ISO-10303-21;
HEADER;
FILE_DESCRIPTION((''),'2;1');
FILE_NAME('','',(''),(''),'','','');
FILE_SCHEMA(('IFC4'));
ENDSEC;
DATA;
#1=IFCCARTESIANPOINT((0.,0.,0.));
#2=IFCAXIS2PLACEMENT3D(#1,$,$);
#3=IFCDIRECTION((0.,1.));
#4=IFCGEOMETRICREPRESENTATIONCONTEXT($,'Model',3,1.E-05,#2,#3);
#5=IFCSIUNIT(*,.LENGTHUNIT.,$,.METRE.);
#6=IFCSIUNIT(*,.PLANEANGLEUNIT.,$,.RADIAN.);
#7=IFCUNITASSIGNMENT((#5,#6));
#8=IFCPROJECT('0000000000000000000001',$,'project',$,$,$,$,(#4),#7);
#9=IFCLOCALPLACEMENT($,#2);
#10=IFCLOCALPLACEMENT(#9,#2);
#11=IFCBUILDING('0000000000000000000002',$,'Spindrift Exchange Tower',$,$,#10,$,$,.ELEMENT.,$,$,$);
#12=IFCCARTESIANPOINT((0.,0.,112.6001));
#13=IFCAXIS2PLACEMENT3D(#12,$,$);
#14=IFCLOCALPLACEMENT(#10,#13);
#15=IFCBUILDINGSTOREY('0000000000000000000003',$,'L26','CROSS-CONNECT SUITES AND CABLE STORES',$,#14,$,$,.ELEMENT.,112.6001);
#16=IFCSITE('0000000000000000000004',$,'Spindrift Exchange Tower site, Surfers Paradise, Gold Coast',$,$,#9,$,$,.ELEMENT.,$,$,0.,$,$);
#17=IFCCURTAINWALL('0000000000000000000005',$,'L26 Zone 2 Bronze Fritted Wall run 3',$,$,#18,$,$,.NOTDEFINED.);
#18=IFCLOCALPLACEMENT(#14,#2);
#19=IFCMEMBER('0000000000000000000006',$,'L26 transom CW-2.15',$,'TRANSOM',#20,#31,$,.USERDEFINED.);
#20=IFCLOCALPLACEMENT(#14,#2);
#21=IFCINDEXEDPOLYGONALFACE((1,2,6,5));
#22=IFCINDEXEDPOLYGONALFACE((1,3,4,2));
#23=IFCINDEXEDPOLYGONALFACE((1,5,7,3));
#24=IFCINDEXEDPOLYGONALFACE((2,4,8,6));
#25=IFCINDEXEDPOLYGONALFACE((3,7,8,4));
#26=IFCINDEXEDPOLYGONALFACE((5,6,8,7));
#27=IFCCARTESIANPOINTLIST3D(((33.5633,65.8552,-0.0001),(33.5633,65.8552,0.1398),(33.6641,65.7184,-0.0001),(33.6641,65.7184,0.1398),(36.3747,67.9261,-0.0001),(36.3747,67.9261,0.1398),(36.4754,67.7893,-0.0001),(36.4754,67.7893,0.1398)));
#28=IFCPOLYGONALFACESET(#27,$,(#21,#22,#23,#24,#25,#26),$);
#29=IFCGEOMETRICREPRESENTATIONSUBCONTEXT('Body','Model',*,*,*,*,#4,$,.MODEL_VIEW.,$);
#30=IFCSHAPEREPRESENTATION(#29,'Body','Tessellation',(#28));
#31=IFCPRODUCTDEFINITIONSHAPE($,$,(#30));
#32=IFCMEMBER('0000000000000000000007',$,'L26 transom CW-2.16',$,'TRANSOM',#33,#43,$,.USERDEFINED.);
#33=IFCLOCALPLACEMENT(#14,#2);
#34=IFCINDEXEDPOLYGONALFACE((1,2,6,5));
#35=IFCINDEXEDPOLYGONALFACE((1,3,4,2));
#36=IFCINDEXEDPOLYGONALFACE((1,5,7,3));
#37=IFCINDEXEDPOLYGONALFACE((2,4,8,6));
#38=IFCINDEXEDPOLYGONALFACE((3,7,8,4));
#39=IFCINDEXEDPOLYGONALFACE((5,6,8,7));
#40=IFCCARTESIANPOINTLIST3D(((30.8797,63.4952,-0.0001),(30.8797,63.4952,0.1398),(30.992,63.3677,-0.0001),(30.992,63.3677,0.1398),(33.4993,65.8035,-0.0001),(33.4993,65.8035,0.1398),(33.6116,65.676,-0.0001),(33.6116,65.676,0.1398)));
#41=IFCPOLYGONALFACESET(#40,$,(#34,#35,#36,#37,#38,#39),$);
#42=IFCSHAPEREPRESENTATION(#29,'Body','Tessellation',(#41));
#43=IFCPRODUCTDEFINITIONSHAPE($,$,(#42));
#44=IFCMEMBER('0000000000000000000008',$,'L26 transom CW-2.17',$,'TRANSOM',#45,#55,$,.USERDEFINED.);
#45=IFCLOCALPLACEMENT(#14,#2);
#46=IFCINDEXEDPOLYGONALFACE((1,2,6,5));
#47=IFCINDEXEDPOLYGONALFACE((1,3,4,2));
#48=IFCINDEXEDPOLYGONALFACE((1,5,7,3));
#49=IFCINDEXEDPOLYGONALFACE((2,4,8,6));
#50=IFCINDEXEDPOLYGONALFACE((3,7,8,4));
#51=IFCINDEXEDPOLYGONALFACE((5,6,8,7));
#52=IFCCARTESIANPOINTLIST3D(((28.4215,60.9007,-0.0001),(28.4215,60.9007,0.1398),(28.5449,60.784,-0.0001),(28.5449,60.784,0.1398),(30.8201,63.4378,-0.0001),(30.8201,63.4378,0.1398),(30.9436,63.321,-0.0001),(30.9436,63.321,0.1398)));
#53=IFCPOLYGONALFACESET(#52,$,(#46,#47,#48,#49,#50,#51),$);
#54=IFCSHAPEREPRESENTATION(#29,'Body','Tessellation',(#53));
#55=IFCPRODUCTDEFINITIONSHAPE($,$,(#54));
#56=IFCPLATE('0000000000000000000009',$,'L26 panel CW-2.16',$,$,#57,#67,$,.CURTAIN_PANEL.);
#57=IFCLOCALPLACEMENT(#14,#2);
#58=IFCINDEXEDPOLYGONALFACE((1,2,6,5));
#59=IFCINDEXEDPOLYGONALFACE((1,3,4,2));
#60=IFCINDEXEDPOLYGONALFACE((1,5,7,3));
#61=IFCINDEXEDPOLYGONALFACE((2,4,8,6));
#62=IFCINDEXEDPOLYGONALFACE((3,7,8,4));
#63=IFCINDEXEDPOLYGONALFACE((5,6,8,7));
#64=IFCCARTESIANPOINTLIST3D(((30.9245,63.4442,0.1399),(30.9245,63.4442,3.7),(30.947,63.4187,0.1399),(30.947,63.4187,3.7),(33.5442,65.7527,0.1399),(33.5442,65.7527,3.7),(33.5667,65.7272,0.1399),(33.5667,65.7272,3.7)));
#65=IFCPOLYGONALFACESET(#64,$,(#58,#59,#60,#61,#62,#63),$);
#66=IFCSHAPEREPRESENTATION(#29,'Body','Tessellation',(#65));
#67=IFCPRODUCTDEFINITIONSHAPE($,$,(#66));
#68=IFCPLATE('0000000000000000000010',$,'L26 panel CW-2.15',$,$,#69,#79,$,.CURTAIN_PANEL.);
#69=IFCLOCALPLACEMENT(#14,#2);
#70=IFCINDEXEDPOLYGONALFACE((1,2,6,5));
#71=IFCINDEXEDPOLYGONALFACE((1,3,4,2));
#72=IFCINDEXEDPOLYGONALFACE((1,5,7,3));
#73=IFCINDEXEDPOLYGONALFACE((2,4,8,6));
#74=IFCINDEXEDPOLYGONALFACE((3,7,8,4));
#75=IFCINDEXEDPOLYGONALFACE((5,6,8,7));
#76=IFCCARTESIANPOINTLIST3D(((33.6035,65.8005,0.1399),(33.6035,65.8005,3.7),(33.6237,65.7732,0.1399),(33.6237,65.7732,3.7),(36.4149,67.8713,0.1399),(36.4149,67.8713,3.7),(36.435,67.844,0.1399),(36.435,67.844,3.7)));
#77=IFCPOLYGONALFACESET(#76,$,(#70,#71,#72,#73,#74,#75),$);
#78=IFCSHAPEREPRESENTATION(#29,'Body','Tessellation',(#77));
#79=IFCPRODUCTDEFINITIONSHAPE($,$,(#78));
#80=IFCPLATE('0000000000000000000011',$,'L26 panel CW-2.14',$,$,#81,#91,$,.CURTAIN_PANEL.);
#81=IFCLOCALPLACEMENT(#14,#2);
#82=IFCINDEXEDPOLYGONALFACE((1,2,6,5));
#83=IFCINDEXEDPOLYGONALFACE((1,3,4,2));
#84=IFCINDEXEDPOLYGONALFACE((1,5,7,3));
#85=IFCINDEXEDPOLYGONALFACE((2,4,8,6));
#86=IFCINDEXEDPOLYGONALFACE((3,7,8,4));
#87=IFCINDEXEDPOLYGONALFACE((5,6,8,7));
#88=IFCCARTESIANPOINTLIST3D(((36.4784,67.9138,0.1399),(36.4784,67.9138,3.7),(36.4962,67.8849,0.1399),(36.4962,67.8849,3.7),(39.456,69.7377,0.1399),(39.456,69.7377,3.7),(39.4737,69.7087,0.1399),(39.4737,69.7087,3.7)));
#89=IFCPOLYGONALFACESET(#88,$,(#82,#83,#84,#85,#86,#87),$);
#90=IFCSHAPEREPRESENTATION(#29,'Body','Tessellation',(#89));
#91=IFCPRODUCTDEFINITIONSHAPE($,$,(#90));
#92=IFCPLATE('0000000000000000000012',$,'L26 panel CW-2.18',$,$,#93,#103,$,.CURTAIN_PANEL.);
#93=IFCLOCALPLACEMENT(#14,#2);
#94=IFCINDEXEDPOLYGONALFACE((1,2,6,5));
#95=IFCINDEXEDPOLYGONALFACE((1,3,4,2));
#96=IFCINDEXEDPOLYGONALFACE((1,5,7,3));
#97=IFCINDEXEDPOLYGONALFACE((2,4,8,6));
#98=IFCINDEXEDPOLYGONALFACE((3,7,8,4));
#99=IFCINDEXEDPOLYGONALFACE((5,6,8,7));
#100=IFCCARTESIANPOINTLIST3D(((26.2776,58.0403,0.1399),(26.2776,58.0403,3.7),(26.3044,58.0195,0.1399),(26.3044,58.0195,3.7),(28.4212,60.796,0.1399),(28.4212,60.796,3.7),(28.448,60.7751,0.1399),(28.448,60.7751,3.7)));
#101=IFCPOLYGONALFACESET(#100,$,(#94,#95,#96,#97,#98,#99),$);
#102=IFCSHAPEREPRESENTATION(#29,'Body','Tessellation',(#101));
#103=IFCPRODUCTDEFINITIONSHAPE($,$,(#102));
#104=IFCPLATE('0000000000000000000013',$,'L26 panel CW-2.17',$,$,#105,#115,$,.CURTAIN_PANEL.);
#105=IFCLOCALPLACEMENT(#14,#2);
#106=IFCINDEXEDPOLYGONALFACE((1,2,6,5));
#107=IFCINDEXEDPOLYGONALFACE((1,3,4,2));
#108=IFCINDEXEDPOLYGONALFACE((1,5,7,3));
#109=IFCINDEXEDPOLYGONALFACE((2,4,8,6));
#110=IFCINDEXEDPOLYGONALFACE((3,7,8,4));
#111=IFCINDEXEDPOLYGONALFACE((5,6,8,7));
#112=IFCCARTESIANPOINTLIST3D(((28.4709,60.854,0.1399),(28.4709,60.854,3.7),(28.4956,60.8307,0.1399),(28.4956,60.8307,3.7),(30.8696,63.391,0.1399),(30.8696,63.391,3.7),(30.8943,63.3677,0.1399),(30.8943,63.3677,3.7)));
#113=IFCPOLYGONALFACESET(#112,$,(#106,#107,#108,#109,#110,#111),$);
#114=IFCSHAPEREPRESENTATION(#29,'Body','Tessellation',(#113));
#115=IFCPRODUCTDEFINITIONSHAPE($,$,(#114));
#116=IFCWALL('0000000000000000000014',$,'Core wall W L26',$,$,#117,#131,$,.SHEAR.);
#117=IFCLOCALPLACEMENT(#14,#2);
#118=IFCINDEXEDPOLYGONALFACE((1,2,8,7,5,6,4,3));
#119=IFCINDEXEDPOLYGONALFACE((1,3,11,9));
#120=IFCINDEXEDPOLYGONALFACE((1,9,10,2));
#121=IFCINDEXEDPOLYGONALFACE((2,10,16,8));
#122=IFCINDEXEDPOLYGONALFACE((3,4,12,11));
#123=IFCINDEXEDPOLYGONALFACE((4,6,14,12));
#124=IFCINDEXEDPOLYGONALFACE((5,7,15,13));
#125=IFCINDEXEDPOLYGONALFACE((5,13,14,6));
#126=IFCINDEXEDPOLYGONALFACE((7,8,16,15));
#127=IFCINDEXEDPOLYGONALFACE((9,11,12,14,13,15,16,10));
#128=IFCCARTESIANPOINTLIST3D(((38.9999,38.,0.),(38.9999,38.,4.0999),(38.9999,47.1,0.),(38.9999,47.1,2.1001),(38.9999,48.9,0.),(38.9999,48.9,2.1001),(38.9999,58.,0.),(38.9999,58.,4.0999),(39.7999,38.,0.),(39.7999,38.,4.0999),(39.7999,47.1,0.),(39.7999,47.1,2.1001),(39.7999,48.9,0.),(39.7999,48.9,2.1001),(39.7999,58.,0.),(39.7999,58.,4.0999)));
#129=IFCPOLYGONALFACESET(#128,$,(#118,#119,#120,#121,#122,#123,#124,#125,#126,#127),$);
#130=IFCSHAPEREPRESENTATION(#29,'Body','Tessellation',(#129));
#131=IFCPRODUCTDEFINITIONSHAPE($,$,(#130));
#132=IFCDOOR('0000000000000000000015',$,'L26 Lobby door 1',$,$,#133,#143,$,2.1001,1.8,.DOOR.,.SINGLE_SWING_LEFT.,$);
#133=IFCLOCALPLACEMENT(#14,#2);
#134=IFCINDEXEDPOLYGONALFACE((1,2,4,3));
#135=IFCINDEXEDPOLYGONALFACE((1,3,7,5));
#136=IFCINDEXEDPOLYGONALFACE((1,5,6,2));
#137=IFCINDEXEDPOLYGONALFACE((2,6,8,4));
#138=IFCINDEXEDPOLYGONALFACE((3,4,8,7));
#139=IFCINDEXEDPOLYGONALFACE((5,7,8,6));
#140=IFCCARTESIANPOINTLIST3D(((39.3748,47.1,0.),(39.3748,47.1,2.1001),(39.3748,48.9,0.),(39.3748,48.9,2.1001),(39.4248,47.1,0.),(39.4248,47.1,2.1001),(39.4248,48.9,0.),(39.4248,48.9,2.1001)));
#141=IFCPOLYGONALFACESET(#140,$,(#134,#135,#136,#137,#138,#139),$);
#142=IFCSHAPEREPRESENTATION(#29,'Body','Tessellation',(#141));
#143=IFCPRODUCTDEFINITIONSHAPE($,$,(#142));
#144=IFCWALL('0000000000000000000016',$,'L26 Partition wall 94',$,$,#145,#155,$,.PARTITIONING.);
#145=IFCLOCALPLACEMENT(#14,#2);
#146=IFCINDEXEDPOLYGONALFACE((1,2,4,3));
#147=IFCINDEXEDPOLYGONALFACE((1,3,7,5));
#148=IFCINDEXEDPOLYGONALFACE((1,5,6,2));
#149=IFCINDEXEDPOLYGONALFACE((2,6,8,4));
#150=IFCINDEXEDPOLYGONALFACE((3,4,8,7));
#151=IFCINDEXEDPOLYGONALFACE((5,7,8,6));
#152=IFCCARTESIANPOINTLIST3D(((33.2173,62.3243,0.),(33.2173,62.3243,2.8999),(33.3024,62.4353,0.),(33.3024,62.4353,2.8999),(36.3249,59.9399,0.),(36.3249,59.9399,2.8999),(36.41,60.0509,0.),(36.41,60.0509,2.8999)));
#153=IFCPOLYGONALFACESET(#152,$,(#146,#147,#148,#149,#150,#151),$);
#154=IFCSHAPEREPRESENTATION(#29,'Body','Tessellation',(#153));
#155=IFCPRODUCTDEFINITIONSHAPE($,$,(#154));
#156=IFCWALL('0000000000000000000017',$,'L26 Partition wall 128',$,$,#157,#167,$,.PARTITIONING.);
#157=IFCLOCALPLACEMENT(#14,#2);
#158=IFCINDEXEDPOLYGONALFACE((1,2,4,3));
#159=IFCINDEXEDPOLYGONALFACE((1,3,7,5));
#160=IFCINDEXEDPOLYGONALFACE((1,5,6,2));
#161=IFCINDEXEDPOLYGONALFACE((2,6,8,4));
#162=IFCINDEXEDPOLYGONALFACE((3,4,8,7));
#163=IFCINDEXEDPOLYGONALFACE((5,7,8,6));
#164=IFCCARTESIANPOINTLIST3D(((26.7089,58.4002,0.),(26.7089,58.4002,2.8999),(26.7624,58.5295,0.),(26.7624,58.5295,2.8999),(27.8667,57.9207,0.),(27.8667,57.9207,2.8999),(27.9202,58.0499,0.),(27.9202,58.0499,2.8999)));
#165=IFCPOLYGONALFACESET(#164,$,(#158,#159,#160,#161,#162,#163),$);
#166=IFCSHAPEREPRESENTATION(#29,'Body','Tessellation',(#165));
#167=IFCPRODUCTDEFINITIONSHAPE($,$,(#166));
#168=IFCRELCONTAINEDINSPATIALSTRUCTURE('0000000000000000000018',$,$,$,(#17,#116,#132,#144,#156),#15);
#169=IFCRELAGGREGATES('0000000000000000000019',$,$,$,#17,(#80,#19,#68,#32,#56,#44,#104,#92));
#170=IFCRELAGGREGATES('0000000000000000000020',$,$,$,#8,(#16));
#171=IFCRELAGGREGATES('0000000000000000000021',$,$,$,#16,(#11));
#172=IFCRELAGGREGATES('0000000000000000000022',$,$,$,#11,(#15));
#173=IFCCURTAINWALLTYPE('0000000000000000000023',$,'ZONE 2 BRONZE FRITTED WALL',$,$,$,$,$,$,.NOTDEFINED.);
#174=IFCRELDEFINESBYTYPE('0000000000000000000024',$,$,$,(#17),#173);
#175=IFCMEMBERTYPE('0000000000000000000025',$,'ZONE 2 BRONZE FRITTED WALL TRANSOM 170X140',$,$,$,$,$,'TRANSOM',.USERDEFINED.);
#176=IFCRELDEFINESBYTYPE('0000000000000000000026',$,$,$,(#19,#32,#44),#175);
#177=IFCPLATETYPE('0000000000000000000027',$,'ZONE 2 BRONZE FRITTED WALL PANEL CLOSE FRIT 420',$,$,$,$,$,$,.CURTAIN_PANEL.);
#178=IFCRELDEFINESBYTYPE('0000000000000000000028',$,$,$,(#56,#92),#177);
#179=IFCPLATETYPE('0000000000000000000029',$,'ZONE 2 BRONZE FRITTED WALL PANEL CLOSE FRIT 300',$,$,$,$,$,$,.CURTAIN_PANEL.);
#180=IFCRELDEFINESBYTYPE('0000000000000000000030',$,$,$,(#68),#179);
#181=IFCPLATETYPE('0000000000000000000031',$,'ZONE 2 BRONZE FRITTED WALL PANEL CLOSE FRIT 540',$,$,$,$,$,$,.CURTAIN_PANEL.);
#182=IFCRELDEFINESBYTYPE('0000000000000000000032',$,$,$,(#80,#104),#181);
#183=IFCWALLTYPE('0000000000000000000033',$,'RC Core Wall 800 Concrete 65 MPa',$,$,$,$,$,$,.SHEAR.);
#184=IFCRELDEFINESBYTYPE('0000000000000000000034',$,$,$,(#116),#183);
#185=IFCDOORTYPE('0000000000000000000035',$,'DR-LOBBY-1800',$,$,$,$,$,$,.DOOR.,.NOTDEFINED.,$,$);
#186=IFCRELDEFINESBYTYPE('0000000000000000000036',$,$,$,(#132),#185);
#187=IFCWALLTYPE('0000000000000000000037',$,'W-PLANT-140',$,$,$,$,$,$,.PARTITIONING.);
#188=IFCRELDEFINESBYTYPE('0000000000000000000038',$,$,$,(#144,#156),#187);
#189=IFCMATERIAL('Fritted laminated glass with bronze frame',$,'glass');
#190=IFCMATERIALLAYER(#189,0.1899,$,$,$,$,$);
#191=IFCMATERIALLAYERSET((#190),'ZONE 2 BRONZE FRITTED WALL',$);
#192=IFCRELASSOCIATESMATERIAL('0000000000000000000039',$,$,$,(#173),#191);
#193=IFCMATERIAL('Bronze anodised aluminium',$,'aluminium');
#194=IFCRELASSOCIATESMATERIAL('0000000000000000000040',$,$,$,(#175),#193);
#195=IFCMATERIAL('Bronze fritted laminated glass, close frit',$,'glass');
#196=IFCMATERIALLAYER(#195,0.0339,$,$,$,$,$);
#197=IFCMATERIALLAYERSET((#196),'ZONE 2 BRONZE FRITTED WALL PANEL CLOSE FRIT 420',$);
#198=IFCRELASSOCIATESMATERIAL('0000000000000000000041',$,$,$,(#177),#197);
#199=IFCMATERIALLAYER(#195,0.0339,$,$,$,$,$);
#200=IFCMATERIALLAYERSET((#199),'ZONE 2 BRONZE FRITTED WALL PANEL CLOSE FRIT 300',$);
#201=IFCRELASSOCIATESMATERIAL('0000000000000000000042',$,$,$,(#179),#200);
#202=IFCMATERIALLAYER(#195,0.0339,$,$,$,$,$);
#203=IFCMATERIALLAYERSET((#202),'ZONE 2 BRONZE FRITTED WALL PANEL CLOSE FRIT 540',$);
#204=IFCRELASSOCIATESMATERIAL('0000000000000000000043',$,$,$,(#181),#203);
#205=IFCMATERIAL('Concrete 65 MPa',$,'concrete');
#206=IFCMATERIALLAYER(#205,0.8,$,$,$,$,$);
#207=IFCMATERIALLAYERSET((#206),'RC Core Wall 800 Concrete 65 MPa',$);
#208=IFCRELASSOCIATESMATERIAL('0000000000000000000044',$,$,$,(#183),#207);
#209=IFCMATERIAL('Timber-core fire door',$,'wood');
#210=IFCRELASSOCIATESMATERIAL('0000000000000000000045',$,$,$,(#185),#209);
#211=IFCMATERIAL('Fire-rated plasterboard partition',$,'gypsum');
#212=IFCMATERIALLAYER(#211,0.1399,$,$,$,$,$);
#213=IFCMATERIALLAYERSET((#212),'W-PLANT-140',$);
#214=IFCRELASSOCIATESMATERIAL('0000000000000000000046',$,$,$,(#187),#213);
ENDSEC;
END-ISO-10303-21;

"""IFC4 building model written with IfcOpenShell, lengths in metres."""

from ifc_helpers import new_model, si_unit, direction, frame, frame_2d, origin, origin_2d, place, context, subcontext, project, spatial, rectangle, extrude, source, transform, mapped, material, layer, layer_set, material_profile, profile_set, type_object, element, fill, aggregate, save


model = new_model("IFC4")

# Units and contexts
model_context = context("Model", 3, precision=1e-05, world=origin(), true_north=direction((0.0, 1.0)))
body_context = subcontext(model_context, "Body", "Model", "MODEL_VIEW")
ifc_project = project(units=[si_unit("LENGTHUNIT", "METRE"), si_unit("PLANEANGLEUNIT", "RADIAN")], contexts=[model_context])

# Site, building, storey
site_placement = place(None, origin())
site = spatial("IfcSite", under=ifc_project, at=site_placement, Name="Spindrift Exchange Tower site, Surfers Paradise, Gold Coast", CompositionType="ELEMENT", RefElevation=0.0)
building_placement = place(site_placement, origin())
building = spatial("IfcBuilding", under=site, at=building_placement, Name="Spindrift Exchange Tower", CompositionType="ELEMENT")
storey_placement = place(building_placement, frame((0.0, 0.0, 112.6001)))
storey = spatial("IfcBuildingStorey", under=building, at=storey_placement, Name="L26", Description="CROSS-CONNECT SUITES AND CABLE STORES", CompositionType="ELEMENT", Elevation=112.6001)

# Shared definitions
ifc_material_1 = material(Name="Concrete 65 MPa", Category="concrete")

# Curtain wall
ifc_material_2 = material(Name="Fritted laminated glass with bronze frame", Category="glass")
ifc_layer_1 = layer(ifc_material_2, 0.1899)
ifc_layer_set_1 = layer_set([ifc_layer_1], Name="ZONE 2 BRONZE FRITTED WALL")
curtain_wall_type = type_object("IfcCurtainWallType", Name="ZONE 2 BRONZE FRITTED WALL", PredefinedType="NOTDEFINED", material=ifc_layer_set_1)
curtain_wall_1_placement = place(storey_placement, origin())
curtain_wall_1 = element("IfcCurtainWall", 1, at=curtain_wall_1_placement, inside=storey, type_object=curtain_wall_type, Name="L26 Zone 2 Bronze Fritted Wall run 3", PredefinedType="NOTDEFINED")
ifc_material_3 = material(Name="Bronze anodised aluminium", Category="aluminium")

# Members
ifc_material_profile_1 = material_profile(ifc_material_3, rectangle(XDim=0.1699, YDim=0.1399, at=origin_2d()), Name="ZONE 2 BRONZE FRITTED WALL TRANSOM 170X140")
ifc_profile_set_1 = profile_set([ifc_material_profile_1], Name="Bronze anodised aluminium")
member_type_1 = type_object("IfcMemberType", Name="ZONE 2 BRONZE FRITTED WALL TRANSOM 170X140", ElementType="TRANSOM", PredefinedType="USERDEFINED", material=ifc_profile_set_1)
shared_shape_1 = source(origin(), body_context, "Body", "SweptSolid", [
    extrude(rectangle(XDim=0.1699, YDim=0.1399, at=origin_2d()), origin(), (0.0, 0.0, 1.0), 3.4917),
])
member_1_placement = place(storey_placement, frame((36.425, 67.8577, 0.0698), z_axis=(-0.805147, -0.593075, 0.0), x_axis=(0.593075, -0.805147, 0.0)))
member_1 = element("IfcMember", 2, at=member_1_placement, type_object=member_type_1, Name="L26 transom CW-2.15", ObjectType="TRANSOM", PredefinedType="USERDEFINED", context=body_context, shape_type="MappedRepresentation", body=[
    mapped(shared_shape_1, transform((0.0, 0.0, 0.0), scale=1.0)),
])
shared_shape_2 = source(origin(), body_context, "Body", "SweptSolid", [
    extrude(rectangle(XDim=0.1699, YDim=0.1399, at=origin_2d()), origin(), (0.0, 0.0, 1.0), 3.4915),
])
member_2_placement = place(storey_placement, frame((33.5554, 65.7397, 0.0698), z_axis=(-0.750276, -0.661124, 0.0), x_axis=(0.661124, -0.750276, 0.0)))
member_2 = element("IfcMember", 3, at=member_2_placement, type_object=member_type_1, Name="L26 transom CW-2.16", ObjectType="TRANSOM", PredefinedType="USERDEFINED", context=body_context, shape_type="MappedRepresentation", body=[
    mapped(shared_shape_2, transform((0.0, 0.0, 0.0), scale=1.0)),
])
member_3_placement = place(storey_placement, frame((30.8818, 63.3794, 0.0698), z_axis=(-0.687005, -0.726652, 0.0), x_axis=(0.726652, -0.687005, 0.0)))
member_3 = element("IfcMember", 4, at=member_3_placement, type_object=member_type_1, Name="L26 transom CW-2.17", ObjectType="TRANSOM", PredefinedType="USERDEFINED", context=body_context, shape_type="MappedRepresentation", body=[
    mapped(shared_shape_2, transform((0.0, 0.0, 0.0), scale=1.0)),
])

# Plates
ifc_material_4 = material(Name="Bronze fritted laminated glass, close frit", Category="glass")
ifc_layer_2 = layer(ifc_material_4, 0.0339)
ifc_layer_set_2 = layer_set([ifc_layer_2], Name="ZONE 2 BRONZE FRITTED WALL PANEL CLOSE FRIT 420")
plate_type_1 = type_object("IfcPlateType", Name="ZONE 2 BRONZE FRITTED WALL PANEL CLOSE FRIT 420", PredefinedType="CURTAIN_PANEL", material=ifc_layer_set_2)
shared_shape_3 = source(origin(), body_context, "Body", "SweptSolid", [
    extrude(rectangle(XDim=3.4917, YDim=0.0339, at=origin_2d()), origin(), (0.0, 0.0, 1.0), 3.5601),
])
plate_1_placement = place(storey_placement, frame((32.2456, 64.5857, 0.1399), z_axis=(0.0, 0.0, 1.0), x_axis=(-0.750267, -0.661135, 0.0)))
plate_1 = element("IfcPlate", 5, at=plate_1_placement, type_object=plate_type_1, Name="L26 panel CW-2.16", PredefinedType="CURTAIN_PANEL", context=body_context, shape_type="MappedRepresentation", body=[
    mapped(shared_shape_3, transform((0.0, 0.0, 0.0), scale=1.0)),
])
ifc_layer_3 = layer(ifc_material_4, 0.0339)
ifc_layer_set_3 = layer_set([ifc_layer_3], Name="ZONE 2 BRONZE FRITTED WALL PANEL CLOSE FRIT 300")
plate_type_2 = type_object("IfcPlateType", Name="ZONE 2 BRONZE FRITTED WALL PANEL CLOSE FRIT 300", PredefinedType="CURTAIN_PANEL", material=ifc_layer_set_3)
shared_shape_4 = source(origin(), body_context, "Body", "SweptSolid", [
    extrude(rectangle(XDim=3.4917, YDim=0.0339, at=origin_2d()), origin(), (0.0, 0.0, 1.0), 3.5601),
])
plate_2_placement = place(storey_placement, frame((35.0193, 66.8223, 0.1399), z_axis=(0.0, 0.0, 1.0), x_axis=(-0.805162, -0.593055, 0.0)))
plate_2 = element("IfcPlate", 6, at=plate_2_placement, type_object=plate_type_2, Name="L26 panel CW-2.15", PredefinedType="CURTAIN_PANEL", context=body_context, shape_type="MappedRepresentation", body=[
    mapped(shared_shape_4, transform((0.0, 0.0, 0.0), scale=1.0)),
])
ifc_layer_4 = layer(ifc_material_4, 0.0339)
ifc_layer_set_4 = layer_set([ifc_layer_4], Name="ZONE 2 BRONZE FRITTED WALL PANEL CLOSE FRIT 540")
plate_type_3 = type_object("IfcPlateType", Name="ZONE 2 BRONZE FRITTED WALL PANEL CLOSE FRIT 540", PredefinedType="CURTAIN_PANEL", material=ifc_layer_set_4)
shared_shape_5 = source(origin(), body_context, "Body", "SweptSolid", [
    extrude(rectangle(XDim=3.4917, YDim=0.0339, at=origin_2d()), origin(), (0.0, 0.0, 1.0), 3.5601),
])
plate_3_placement = place(storey_placement, frame((37.9761, 68.8113, 0.1399), z_axis=(0.0, 0.0, 1.0), x_axis=(-0.852744, -0.522329, 0.0)))
plate_3 = element("IfcPlate", 7, at=plate_3_placement, type_object=plate_type_3, Name="L26 panel CW-2.14", PredefinedType="CURTAIN_PANEL", context=body_context, shape_type="MappedRepresentation", body=[
    mapped(shared_shape_5, transform((0.0, 0.0, 0.0), scale=1.0)),
])
shared_shape_6 = source(origin(), body_context, "Body", "SweptSolid", [
    extrude(rectangle(XDim=3.4912, YDim=0.0339, at=origin_2d()), origin(), (0.0, 0.0, 1.0), 3.5601),
])
plate_4_placement = place(storey_placement, frame((27.3628, 59.4077, 0.1399), z_axis=(0.0, 0.0, 1.0), x_axis=(-0.613981, -0.789321, 0.0)))
plate_4 = element("IfcPlate", 8, at=plate_4_placement, type_object=plate_type_1, Name="L26 panel CW-2.18", PredefinedType="CURTAIN_PANEL", context=body_context, shape_type="MappedRepresentation", body=[
    mapped(shared_shape_6, transform((0.0, 0.0, 0.0), scale=1.0)),
])
shared_shape_7 = source(origin(), body_context, "Body", "SweptSolid", [
    extrude(rectangle(XDim=3.4915, YDim=0.0339, at=origin_2d()), origin(), (0.0, 0.0, 1.0), 3.5601),
])
plate_5_placement = place(storey_placement, frame((29.6826, 62.1108, 0.1399), z_axis=(0.0, 0.0, 1.0), x_axis=(-0.687019, -0.726639, 0.0)))
plate_5 = element("IfcPlate", 9, at=plate_5_placement, type_object=plate_type_3, Name="L26 panel CW-2.17", PredefinedType="CURTAIN_PANEL", context=body_context, shape_type="MappedRepresentation", body=[
    mapped(shared_shape_7, transform((0.0, 0.0, 0.0), scale=1.0)),
])
aggregate(curtain_wall_1, [plate_3, member_1, plate_2, member_2, plate_1, member_3, plate_5, plate_4])

# Wall, opening, door
ifc_layer_5 = layer(ifc_material_1, 0.8)
ifc_layer_set_5 = layer_set([ifc_layer_5], Name="RC Core Wall 800 Concrete 65 MPa")
wall_type_1 = type_object("IfcWallType", Name="RC Core Wall 800 Concrete 65 MPa", PredefinedType="SHEAR", material=ifc_layer_set_5)
wall_1_placement = place(storey_placement, frame((39.3999, 58.0, 0.0), z_axis=(0.0, 0.0, 1.0), x_axis=(0.0, -1.0, 0.0)))
wall_1 = element("IfcWall", 10, at=wall_1_placement, inside=storey, type_object=wall_type_1, Name="Core wall W L26", PredefinedType="SHEAR", context=body_context, shape_type="SweptSolid", body=[
    extrude(rectangle(XDim=20.0, YDim=0.8, at=frame_2d((10.0, 0.0))), origin(), (0.0, 0.0, 1.0), 4.0999),
])
opening_1_placement = place(wall_1_placement, frame((9.1001, 0.0, 0.0)))
opening_1 = element("IfcOpeningElement", 11, at=opening_1_placement, cuts=wall_1, PredefinedType="OPENING", context=body_context, shape_type="SweptSolid", body=[
    extrude(rectangle(XDim=1.8, YDim=2.1001, at=frame_2d((0.8999, 1.05))), frame((0.0, 0.4099, 0.0), z_axis=(0.0, -1.0, 0.0), x_axis=(1.0, 0.0, 0.0)), (0.0, 0.0, 1.0), 0.8201),
])
ifc_material_5 = material(Name="Timber-core fire door", Category="wood")
door_type_1 = type_object("IfcDoorType", Name="DR-LOBBY-1800", OperationType="NOTDEFINED", PredefinedType="DOOR", material=ifc_material_5)
shared_shape_8 = source(origin(), body_context, "Body", "SweptSolid", [
    extrude(rectangle(XDim=1.8, YDim=2.1001, at=frame_2d((0.8999, 1.05))), frame((0.0, 0.0249, 0.0), z_axis=(0.0, -1.0, 0.0), x_axis=(1.0, 0.0, 0.0)), (0.0, 0.0, 1.0), 0.05),
])
door_1_placement = place(opening_1_placement, origin())
door_1 = element("IfcDoor", 12, at=door_1_placement, inside=storey, type_object=door_type_1, Name="L26 Lobby door 1", OperationType="SINGLE_SWING_LEFT", OverallHeight=2.1001, OverallWidth=1.8, PredefinedType="DOOR", context=body_context, shape_type="MappedRepresentation", body=[
    mapped(shared_shape_8, transform((0.0, 0.0, 0.0), scale=1.0)),
])
fill(opening_1, door_1)

# Walls
ifc_material_6 = material(Name="Fire-rated plasterboard partition", Category="gypsum")
ifc_layer_6 = layer(ifc_material_6, 0.1399)
ifc_layer_set_6 = layer_set([ifc_layer_6], Name="W-PLANT-140")
wall_type_2 = type_object("IfcWallType", Name="W-PLANT-140", PredefinedType="PARTITIONING", material=ifc_layer_set_6)
wall_2_placement = place(storey_placement, frame((36.3674, 59.9954, 0.0), z_axis=(0.0, 0.0, 1.0), x_axis=(-0.793363, 0.608749, 0.0)))
element("IfcWall", 13, at=wall_2_placement, inside=storey, type_object=wall_type_2, Name="L26 Partition wall 94", PredefinedType="PARTITIONING", context=body_context, shape_type="SweptSolid", body=[
    extrude(rectangle(XDim=3.917, YDim=0.1399, at=frame_2d((1.9585, 0.0))), origin(), (0.0, 0.0, 1.0), 2.8999),
])
wall_3_placement = place(storey_placement, frame((27.8933, 57.9854, 0.0), z_axis=(0.0, 0.0, 1.0), x_axis=(-0.923893, 0.38265, 0.0)))
element("IfcWall", 14, at=wall_3_placement, inside=storey, type_object=wall_type_2, Name="L26 Partition wall 128", PredefinedType="PARTITIONING", context=body_context, shape_type="SweptSolid", body=[
    extrude(rectangle(XDim=1.2532, YDim=0.1399, at=frame_2d((0.6265, 0.0))), origin(), (0.0, 0.0, 1.0), 2.8999),
])

save(model, "model.ifc")
